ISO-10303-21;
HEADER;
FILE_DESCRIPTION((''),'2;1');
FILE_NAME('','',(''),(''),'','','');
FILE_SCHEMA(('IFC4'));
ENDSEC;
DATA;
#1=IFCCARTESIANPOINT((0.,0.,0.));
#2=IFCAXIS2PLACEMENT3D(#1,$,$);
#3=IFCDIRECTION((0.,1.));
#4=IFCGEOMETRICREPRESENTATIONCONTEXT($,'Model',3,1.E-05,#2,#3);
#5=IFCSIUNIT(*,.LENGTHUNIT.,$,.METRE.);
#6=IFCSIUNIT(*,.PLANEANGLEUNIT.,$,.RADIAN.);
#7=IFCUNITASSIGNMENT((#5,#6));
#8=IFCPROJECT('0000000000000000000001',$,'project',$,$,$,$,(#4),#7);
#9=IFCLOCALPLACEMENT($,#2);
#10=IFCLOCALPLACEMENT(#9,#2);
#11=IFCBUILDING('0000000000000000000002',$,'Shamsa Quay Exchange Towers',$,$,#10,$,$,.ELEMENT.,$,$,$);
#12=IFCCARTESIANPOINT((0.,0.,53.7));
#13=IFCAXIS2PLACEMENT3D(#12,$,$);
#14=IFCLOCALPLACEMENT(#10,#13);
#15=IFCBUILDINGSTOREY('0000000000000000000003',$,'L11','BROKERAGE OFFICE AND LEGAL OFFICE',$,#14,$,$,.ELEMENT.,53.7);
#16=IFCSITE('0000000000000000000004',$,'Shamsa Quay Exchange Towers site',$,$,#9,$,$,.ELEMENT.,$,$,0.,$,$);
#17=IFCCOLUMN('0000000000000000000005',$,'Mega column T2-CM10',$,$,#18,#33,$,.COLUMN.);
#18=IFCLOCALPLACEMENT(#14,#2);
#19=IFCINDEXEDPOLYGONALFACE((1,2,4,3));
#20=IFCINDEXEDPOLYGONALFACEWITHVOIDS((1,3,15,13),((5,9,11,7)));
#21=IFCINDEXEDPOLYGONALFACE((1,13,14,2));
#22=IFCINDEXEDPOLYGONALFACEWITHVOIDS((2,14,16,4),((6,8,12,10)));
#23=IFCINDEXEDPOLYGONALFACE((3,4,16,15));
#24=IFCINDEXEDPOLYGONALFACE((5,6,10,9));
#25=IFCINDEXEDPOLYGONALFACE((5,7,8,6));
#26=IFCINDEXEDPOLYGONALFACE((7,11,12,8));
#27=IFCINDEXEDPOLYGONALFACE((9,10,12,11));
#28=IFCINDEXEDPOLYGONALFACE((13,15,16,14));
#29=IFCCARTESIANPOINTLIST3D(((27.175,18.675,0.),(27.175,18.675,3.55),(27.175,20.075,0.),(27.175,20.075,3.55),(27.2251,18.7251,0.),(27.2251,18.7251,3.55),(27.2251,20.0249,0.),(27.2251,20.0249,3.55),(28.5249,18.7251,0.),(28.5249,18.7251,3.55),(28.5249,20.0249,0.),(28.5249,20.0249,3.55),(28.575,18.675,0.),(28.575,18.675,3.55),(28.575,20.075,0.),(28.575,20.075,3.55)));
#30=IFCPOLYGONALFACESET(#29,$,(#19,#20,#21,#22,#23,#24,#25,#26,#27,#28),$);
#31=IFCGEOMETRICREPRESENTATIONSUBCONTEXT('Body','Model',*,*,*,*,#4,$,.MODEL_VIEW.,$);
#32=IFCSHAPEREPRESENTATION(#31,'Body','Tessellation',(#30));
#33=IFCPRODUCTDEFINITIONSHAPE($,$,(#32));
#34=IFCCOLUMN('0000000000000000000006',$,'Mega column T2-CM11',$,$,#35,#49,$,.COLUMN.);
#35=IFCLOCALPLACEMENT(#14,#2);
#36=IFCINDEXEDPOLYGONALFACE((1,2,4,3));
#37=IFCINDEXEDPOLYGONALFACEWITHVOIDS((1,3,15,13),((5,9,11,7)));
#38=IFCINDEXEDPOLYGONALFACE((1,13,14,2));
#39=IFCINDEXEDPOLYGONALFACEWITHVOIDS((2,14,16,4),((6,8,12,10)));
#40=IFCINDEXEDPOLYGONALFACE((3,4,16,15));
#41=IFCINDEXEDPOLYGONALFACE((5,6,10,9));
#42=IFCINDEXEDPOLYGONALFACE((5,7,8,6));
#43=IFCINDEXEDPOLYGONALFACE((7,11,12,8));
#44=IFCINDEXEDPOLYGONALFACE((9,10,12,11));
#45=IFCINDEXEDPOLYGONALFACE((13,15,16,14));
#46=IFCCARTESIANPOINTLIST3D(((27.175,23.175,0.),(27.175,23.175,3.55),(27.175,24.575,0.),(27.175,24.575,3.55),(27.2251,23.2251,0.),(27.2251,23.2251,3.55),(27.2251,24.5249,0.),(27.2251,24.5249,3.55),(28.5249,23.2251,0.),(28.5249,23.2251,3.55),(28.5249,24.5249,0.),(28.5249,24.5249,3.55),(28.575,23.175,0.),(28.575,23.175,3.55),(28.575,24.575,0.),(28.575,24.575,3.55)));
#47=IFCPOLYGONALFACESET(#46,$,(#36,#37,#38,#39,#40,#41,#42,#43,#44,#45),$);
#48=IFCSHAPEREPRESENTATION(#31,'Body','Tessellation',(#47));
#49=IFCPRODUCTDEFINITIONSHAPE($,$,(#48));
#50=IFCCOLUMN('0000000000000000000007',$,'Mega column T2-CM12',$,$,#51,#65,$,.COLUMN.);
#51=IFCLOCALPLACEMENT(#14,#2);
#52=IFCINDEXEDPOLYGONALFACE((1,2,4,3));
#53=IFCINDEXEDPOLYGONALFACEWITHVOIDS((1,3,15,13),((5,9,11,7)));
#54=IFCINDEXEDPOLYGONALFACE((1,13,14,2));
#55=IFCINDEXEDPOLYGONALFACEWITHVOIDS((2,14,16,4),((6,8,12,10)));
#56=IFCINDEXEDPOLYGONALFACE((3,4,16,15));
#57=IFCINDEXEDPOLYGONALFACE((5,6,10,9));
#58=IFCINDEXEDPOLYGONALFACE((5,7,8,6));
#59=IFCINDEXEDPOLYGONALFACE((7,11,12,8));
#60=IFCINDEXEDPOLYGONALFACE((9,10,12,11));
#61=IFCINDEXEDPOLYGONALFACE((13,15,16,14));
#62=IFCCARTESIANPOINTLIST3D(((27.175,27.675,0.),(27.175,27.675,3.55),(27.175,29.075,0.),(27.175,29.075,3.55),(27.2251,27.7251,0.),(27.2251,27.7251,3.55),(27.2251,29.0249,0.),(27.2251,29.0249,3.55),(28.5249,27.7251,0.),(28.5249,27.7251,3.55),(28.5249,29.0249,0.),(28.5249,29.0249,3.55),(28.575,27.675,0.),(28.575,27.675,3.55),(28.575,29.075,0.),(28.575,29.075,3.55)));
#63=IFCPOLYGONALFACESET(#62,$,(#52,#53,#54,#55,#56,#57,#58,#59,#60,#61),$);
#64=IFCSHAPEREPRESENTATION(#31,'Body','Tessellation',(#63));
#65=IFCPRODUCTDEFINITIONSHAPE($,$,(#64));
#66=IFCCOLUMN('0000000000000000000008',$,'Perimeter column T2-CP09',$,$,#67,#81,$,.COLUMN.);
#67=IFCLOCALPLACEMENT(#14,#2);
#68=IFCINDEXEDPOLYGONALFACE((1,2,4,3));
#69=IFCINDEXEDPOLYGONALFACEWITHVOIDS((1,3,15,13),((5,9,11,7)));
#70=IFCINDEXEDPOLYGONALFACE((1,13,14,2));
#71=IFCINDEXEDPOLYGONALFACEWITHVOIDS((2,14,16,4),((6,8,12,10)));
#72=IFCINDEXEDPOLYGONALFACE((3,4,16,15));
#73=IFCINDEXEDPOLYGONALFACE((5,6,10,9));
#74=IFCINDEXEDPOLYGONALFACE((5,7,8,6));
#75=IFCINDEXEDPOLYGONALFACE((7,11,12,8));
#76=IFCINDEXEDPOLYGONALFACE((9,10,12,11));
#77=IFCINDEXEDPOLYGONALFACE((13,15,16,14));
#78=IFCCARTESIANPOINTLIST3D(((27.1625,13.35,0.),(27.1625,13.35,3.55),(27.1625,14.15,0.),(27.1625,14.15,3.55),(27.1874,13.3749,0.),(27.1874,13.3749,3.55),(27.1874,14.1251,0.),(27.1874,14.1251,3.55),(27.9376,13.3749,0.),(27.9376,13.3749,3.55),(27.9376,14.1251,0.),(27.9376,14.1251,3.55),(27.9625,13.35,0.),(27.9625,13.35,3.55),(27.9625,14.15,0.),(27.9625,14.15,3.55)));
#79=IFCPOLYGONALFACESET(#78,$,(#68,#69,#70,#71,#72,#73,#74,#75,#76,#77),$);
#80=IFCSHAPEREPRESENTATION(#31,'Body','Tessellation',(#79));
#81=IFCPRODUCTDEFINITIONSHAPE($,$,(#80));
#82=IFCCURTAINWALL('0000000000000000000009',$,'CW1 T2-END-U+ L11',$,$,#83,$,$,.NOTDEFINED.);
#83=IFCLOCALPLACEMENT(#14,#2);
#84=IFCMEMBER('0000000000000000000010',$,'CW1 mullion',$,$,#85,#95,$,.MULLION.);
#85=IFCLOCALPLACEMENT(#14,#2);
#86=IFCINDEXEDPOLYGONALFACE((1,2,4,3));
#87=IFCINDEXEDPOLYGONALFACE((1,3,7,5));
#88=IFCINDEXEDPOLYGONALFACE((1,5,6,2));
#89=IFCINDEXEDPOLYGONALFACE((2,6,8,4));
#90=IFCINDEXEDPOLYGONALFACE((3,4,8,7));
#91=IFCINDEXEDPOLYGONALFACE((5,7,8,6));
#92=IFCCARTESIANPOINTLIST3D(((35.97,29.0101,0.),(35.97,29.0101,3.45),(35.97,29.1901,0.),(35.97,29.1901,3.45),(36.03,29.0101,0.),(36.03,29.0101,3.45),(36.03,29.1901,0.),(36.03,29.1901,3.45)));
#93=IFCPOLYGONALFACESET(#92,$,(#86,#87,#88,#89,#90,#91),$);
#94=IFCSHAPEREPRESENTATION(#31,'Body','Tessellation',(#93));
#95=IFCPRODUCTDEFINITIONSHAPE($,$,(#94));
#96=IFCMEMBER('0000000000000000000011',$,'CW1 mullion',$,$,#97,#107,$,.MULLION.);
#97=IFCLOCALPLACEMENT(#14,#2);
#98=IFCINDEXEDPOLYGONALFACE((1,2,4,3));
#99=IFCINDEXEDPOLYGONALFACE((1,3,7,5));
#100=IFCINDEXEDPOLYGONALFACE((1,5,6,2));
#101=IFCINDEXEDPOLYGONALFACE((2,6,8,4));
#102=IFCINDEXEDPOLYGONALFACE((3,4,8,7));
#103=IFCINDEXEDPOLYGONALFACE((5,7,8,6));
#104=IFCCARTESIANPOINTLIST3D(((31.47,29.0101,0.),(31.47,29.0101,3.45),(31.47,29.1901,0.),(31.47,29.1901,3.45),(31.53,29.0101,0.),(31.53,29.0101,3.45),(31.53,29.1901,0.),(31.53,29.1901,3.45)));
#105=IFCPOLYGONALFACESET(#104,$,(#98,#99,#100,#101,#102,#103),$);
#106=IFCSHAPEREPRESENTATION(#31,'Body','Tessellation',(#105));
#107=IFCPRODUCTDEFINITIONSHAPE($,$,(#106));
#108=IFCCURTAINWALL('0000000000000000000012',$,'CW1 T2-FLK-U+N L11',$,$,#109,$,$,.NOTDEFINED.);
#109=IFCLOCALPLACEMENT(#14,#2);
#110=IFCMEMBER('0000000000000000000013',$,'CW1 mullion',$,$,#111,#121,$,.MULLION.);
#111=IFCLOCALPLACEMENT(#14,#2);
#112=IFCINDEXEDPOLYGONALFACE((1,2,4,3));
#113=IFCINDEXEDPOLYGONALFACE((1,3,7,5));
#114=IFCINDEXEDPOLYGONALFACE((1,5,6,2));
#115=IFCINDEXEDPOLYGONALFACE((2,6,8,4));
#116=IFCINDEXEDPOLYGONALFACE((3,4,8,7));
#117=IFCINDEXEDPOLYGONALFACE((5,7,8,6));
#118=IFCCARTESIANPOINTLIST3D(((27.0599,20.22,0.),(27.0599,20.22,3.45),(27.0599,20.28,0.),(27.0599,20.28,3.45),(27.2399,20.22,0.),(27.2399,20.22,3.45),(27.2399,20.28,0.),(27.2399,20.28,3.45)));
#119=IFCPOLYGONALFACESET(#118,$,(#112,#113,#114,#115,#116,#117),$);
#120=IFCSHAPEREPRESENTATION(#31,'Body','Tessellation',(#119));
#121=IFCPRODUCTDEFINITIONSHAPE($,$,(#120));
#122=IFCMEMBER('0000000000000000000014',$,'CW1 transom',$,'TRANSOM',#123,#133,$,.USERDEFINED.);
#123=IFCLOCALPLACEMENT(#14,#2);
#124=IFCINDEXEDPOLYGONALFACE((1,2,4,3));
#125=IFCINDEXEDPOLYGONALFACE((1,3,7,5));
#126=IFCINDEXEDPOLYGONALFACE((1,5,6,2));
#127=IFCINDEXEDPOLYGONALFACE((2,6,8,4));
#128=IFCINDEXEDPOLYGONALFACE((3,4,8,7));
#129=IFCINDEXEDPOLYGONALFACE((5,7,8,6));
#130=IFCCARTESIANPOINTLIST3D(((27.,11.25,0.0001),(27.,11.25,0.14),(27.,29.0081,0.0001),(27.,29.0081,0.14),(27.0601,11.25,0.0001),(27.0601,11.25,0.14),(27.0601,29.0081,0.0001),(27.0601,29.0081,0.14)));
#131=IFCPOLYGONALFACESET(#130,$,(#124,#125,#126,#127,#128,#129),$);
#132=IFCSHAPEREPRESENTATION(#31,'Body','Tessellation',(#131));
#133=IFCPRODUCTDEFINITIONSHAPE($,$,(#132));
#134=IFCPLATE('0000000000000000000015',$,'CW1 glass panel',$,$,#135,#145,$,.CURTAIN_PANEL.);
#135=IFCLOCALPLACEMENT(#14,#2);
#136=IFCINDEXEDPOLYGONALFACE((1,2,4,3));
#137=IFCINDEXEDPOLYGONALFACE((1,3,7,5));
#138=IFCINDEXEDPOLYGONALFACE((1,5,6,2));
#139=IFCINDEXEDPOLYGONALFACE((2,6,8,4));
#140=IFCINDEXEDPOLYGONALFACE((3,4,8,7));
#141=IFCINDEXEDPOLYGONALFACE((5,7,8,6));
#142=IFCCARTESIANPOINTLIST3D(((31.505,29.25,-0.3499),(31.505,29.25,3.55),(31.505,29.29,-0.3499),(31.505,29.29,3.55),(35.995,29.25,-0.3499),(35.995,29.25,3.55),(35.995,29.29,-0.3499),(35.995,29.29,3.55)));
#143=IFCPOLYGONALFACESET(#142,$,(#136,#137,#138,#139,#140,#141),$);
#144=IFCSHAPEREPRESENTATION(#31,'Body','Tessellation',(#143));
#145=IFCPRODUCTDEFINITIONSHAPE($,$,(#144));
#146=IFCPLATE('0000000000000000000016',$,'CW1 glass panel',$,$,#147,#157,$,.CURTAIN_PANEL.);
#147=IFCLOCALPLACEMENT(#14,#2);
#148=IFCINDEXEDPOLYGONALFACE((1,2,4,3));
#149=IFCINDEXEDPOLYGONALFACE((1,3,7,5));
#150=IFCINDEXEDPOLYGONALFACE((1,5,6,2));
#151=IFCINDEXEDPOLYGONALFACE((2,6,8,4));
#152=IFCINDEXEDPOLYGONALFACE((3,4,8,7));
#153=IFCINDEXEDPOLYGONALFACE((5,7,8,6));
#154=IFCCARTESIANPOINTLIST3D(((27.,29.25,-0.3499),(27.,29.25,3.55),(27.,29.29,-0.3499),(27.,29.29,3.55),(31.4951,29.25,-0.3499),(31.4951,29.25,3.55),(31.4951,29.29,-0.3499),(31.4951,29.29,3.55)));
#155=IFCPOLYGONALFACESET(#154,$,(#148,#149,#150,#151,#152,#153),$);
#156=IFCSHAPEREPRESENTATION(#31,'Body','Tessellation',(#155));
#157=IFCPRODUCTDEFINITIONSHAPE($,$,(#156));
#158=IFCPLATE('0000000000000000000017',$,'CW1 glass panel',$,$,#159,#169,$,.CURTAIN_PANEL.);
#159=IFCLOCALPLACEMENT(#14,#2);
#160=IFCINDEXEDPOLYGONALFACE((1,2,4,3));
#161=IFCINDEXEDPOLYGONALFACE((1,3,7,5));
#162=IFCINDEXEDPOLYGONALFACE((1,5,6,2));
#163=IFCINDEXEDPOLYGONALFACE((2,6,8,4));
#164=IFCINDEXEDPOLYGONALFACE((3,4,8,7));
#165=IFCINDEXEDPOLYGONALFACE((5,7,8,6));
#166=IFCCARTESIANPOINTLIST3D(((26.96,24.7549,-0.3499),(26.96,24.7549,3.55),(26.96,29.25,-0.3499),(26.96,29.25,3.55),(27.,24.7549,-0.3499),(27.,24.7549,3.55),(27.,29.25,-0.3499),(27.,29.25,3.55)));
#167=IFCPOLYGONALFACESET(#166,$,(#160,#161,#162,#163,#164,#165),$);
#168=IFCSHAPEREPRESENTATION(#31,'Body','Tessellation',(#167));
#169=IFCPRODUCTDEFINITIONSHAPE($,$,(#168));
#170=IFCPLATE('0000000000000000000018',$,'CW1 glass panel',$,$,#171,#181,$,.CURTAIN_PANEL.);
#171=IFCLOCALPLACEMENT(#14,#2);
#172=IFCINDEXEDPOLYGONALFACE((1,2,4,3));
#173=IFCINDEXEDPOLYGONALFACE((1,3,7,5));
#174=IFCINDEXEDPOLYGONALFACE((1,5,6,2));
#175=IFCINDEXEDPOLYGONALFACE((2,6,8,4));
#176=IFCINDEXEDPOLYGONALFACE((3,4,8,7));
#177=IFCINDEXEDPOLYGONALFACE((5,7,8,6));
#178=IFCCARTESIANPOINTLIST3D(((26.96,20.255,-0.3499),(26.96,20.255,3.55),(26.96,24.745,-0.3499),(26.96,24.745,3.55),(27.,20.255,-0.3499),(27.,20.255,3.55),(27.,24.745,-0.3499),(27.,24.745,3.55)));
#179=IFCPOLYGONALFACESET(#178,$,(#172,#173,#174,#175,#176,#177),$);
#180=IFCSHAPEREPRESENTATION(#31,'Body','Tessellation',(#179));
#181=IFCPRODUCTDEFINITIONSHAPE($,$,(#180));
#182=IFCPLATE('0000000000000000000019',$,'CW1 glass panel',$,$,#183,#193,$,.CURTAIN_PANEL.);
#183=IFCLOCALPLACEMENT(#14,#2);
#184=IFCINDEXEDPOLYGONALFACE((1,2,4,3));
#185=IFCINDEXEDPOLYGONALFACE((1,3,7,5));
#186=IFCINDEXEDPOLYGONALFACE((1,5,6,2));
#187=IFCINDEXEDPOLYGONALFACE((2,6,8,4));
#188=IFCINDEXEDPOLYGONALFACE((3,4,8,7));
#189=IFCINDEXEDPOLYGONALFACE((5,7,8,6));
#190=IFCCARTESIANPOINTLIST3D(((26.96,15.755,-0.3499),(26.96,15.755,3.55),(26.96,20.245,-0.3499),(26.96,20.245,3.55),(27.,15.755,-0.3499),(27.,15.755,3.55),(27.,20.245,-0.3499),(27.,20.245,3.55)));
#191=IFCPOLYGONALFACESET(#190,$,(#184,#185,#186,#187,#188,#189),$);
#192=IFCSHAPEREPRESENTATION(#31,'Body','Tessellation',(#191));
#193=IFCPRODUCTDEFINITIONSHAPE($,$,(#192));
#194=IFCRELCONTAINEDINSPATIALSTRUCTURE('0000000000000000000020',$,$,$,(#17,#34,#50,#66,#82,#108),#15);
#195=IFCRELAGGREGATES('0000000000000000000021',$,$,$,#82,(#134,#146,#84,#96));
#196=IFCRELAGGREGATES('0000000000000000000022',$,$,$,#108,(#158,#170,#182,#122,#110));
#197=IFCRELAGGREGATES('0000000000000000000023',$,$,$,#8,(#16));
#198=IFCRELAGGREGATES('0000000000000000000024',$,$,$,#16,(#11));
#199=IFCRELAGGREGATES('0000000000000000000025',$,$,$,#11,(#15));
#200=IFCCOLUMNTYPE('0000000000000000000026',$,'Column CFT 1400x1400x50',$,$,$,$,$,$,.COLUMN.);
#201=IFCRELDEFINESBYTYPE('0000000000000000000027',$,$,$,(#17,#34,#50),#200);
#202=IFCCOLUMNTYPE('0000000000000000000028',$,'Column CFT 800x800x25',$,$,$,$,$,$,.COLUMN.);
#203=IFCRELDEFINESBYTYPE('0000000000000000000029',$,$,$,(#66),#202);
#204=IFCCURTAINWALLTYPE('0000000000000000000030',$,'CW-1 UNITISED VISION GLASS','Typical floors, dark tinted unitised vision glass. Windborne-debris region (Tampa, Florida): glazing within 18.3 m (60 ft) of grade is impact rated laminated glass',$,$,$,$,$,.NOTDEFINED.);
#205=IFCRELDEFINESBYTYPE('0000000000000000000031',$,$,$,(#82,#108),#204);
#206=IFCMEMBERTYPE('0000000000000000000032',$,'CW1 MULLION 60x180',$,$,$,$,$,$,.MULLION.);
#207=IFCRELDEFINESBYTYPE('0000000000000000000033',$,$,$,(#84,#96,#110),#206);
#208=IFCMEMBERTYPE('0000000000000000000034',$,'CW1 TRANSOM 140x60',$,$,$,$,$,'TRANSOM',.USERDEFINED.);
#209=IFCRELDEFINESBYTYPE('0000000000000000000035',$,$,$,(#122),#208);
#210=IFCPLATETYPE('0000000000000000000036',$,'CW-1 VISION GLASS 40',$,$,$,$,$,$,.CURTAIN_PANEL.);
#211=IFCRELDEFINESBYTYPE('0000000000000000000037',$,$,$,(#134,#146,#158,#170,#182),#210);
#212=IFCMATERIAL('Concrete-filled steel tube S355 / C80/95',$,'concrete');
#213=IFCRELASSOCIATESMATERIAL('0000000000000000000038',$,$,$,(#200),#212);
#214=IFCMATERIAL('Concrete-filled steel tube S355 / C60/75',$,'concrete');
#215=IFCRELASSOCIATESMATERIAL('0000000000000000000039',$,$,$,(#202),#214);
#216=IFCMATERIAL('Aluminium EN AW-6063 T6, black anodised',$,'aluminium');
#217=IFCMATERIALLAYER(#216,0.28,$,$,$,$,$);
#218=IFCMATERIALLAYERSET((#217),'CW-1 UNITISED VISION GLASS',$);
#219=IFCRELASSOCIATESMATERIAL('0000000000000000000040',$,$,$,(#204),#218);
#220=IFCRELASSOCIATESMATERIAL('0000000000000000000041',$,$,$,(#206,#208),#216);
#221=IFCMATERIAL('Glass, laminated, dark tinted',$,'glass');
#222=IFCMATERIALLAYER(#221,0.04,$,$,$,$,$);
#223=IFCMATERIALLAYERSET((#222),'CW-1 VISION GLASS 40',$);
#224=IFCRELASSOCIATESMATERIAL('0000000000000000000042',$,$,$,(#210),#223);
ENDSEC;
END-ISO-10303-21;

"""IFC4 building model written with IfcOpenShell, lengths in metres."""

from ifc_helpers import new_model, si_unit, direction, frame, origin, origin_2d, place, context, subcontext, project, spatial, rectangle, hollow_rectangle, extrude, material, layer, layer_set, material_profile, profile_set, type_object, element, aggregate, save


model = new_model("IFC4")

# Units and contexts
model_context = context("Model", 3, precision=1e-05, world=origin(), true_north=direction((0.0, 1.0)))
body_context = subcontext(model_context, "Body", "Model", "MODEL_VIEW")
ifc_project = project(units=[si_unit("LENGTHUNIT", "METRE"), si_unit("PLANEANGLEUNIT", "RADIAN")], contexts=[model_context])

# Site, building, storey
site_placement = place(None, origin())
site = spatial("IfcSite", under=ifc_project, at=site_placement, Name="Shamsa Quay Exchange Towers site", CompositionType="ELEMENT", RefElevation=0.0)
building_placement = place(site_placement, origin())
building = spatial("IfcBuilding", under=site, at=building_placement, Name="Shamsa Quay Exchange Towers", CompositionType="ELEMENT")
storey_placement = place(building_placement, frame((0.0, 0.0, 53.7)))
storey = spatial("IfcBuildingStorey", under=building, at=storey_placement, Name="L11", Description="BROKERAGE OFFICE AND LEGAL OFFICE", CompositionType="ELEMENT", Elevation=53.7)

# Columns
ifc_material_1 = material(Name="Concrete-filled steel tube S355 / C80/95", Category="concrete")
ifc_material_profile_1 = material_profile(ifc_material_1, hollow_rectangle(XDim=1.3999, YDim=1.3999, WallThickness=0.05, at=origin_2d()), Name="CFT 1400x1400x50")
ifc_profile_set_1 = profile_set([ifc_material_profile_1], Name="Concrete-filled steel tube S355 / C80/95")
column_type_1 = type_object("IfcColumnType", Name="Column CFT 1400x1400x50", PredefinedType="COLUMN", material=ifc_profile_set_1)
for number, where, name in (
    (1, (27.875, 19.375, 0.0), "Mega column T2-CM10"),
    (2, (27.875, 23.875, 0.0), "Mega column T2-CM11"),
    (3, (27.875, 28.375, 0.0), "Mega column T2-CM12"),
):
    element("IfcColumn", number, at=place(storey_placement, frame(where)), inside=storey, type_object=column_type_1, Name=name, PredefinedType="COLUMN", context=body_context, shape_type="SweptSolid", body=[
        extrude(hollow_rectangle(XDim=1.3999, YDim=1.3999, WallThickness=0.05, at=origin_2d()), origin(), (0.0, 0.0, 1.0), 3.55),
    ])
ifc_material_2 = material(Name="Concrete-filled steel tube S355 / C60/75", Category="concrete")
ifc_material_profile_2 = material_profile(ifc_material_2, hollow_rectangle(XDim=0.8, YDim=0.8, WallThickness=0.0249, at=origin_2d()), Name="CFT 800x800x25")
ifc_profile_set_2 = profile_set([ifc_material_profile_2], Name="Concrete-filled steel tube S355 / C60/75")
column_type_2 = type_object("IfcColumnType", Name="Column CFT 800x800x25", PredefinedType="COLUMN", material=ifc_profile_set_2)
column_placement = place(storey_placement, frame((27.5625, 13.75, 0.0)))
element("IfcColumn", 4, at=column_placement, inside=storey, type_object=column_type_2, Name="Perimeter column T2-CP09", PredefinedType="COLUMN", context=body_context, shape_type="SweptSolid", body=[
    extrude(hollow_rectangle(XDim=0.8, YDim=0.8, WallThickness=0.0249, at=origin_2d()), origin(), (0.0, 0.0, 1.0), 3.55),
])

# Curtain walls, members
ifc_material_3 = material(Name="Aluminium EN AW-6063 T6, black anodised", Category="aluminium")
ifc_layer_1 = layer(ifc_material_3, 0.28)
ifc_layer_set_1 = layer_set([ifc_layer_1], Name="CW-1 UNITISED VISION GLASS")
curtain_wall_type = type_object("IfcCurtainWallType", Name="CW-1 UNITISED VISION GLASS", Description="Typical floors, dark tinted unitised vision glass. Windborne-debris region (Tampa, Florida): glazing within 18.3 m (60 ft) of grade is impact rated laminated glass", PredefinedType="NOTDEFINED", material=ifc_layer_set_1)
curtain_wall_1_placement = place(storey_placement, origin())
curtain_wall_1 = element("IfcCurtainWall", 5, at=curtain_wall_1_placement, inside=storey, type_object=curtain_wall_type, Name="CW1 T2-END-U+ L11", PredefinedType="NOTDEFINED")
ifc_material_profile_3 = material_profile(ifc_material_3, rectangle(XDim=0.1799, YDim=0.0601, at=origin_2d()), Name="MU60x180")
ifc_profile_set_3 = profile_set([ifc_material_profile_3], Name="Aluminium EN AW-6063 T6, black anodised")
member_type_1 = type_object("IfcMemberType", Name="CW1 MULLION 60x180", PredefinedType="MULLION", material=ifc_profile_set_3)
member_1_placement = place(storey_placement, frame((36.0, 29.1001, 0.0), z_axis=(0.0, 0.0, 1.0), x_axis=(0.0, -1.0, 0.0)))
member_1 = element("IfcMember", 6, at=member_1_placement, type_object=member_type_1, Name="CW1 mullion", PredefinedType="MULLION", context=body_context, shape_type="SweptSolid", body=[
    extrude(rectangle(XDim=0.1799, YDim=0.0601, at=origin_2d()), origin(), (0.0, 0.0, 1.0), 3.45),
])
member_2_placement = place(storey_placement, frame((31.5, 29.1001, 0.0), z_axis=(0.0, 0.0, 1.0), x_axis=(0.0, -1.0, 0.0)))
member_2 = element("IfcMember", 7, at=member_2_placement, type_object=member_type_1, Name="CW1 mullion", PredefinedType="MULLION", context=body_context, shape_type="SweptSolid", body=[
    extrude(rectangle(XDim=0.1799, YDim=0.0601, at=origin_2d()), origin(), (0.0, 0.0, 1.0), 3.45),
])
curtain_wall_2_placement = place(storey_placement, origin())
curtain_wall_2 = element("IfcCurtainWall", 8, at=curtain_wall_2_placement, inside=storey, type_object=curtain_wall_type, Name="CW1 T2-FLK-U+N L11", PredefinedType="NOTDEFINED")
member_3_placement = place(storey_placement, frame((27.1499, 20.25, 0.0)))
member_3 = element("IfcMember", 9, at=member_3_placement, type_object=member_type_1, Name="CW1 mullion", PredefinedType="MULLION", context=body_context, shape_type="SweptSolid", body=[
    extrude(rectangle(XDim=0.1799, YDim=0.0601, at=origin_2d()), origin(), (0.0, 0.0, 1.0), 3.45),
])
ifc_material_profile_4 = material_profile(ifc_material_3, rectangle(XDim=0.0601, YDim=0.1399, at=origin_2d()), Name="TR140x60")
ifc_profile_set_4 = profile_set([ifc_material_profile_4], Name="Aluminium EN AW-6063 T6, black anodised")
member_type_2 = type_object("IfcMemberType", Name="CW1 TRANSOM 140x60", ElementType="TRANSOM", PredefinedType="USERDEFINED", material=ifc_profile_set_4)
member_4_placement = place(storey_placement, frame((27.03, 29.0081, 0.0701), z_axis=(0.0, -1.0, 0.0), x_axis=(1.0, 0.0, 0.0)))
member_4 = element("IfcMember", 10, at=member_4_placement, type_object=member_type_2, Name="CW1 transom", ObjectType="TRANSOM", PredefinedType="USERDEFINED", context=body_context, shape_type="SweptSolid", body=[
    extrude(rectangle(XDim=0.0601, YDim=0.1399, at=origin_2d()), origin(), (0.0, 0.0, 1.0), 17.7581),
])

# Plates
ifc_material_4 = material(Name="Glass, laminated, dark tinted", Category="glass")
ifc_layer_2 = layer(ifc_material_4, 0.04)
ifc_layer_set_2 = layer_set([ifc_layer_2], Name="CW-1 VISION GLASS 40")
plate_type = type_object("IfcPlateType", Name="CW-1 VISION GLASS 40", PredefinedType="CURTAIN_PANEL", material=ifc_layer_set_2)
plate_1_placement = place(storey_placement, frame((33.75, 29.27, -0.3499), z_axis=(0.0, 0.0, 1.0), x_axis=(-1.0, 0.0, 0.0)))
plate_1 = element("IfcPlate", 11, at=plate_1_placement, type_object=plate_type, Name="CW1 glass panel", PredefinedType="CURTAIN_PANEL", context=body_context, shape_type="SweptSolid", body=[
    extrude(rectangle(XDim=4.49, YDim=0.04, at=origin_2d()), origin(), (0.0, 0.0, 1.0), 3.8999),
])
plate_2_placement = place(storey_placement, frame((29.2476, 29.27, -0.3499), z_axis=(0.0, 0.0, 1.0), x_axis=(-1.0, 0.0, 0.0)))
plate_2 = element("IfcPlate", 12, at=plate_2_placement, type_object=plate_type, Name="CW1 glass panel", PredefinedType="CURTAIN_PANEL", context=body_context, shape_type="SweptSolid", body=[
    extrude(rectangle(XDim=4.4951, YDim=0.04, at=origin_2d()), origin(), (0.0, 0.0, 1.0), 3.8999),
])
aggregate(curtain_wall_1, [plate_1, plate_2, member_1, member_2])
plate_3_placement = place(storey_placement, frame((26.98, 27.0024, -0.3499), z_axis=(0.0, 0.0, 1.0), x_axis=(0.0, -1.0, 0.0)))
plate_3 = element("IfcPlate", 13, at=plate_3_placement, type_object=plate_type, Name="CW1 glass panel", PredefinedType="CURTAIN_PANEL", context=body_context, shape_type="SweptSolid", body=[
    extrude(rectangle(XDim=4.4951, YDim=0.04, at=origin_2d()), origin(), (0.0, 0.0, 1.0), 3.8999),
])
plate_4_placement = place(storey_placement, frame((26.98, 22.5, -0.3499), z_axis=(0.0, 0.0, 1.0), x_axis=(0.0, -1.0, 0.0)))
plate_4 = element("IfcPlate", 14, at=plate_4_placement, type_object=plate_type, Name="CW1 glass panel", PredefinedType="CURTAIN_PANEL", context=body_context, shape_type="SweptSolid", body=[
    extrude(rectangle(XDim=4.49, YDim=0.04, at=origin_2d()), origin(), (0.0, 0.0, 1.0), 3.8999),
])
plate_5_placement = place(storey_placement, frame((26.98, 18.0, -0.3499), z_axis=(0.0, 0.0, 1.0), x_axis=(0.0, -1.0, 0.0)))
plate_5 = element("IfcPlate", 15, at=plate_5_placement, type_object=plate_type, Name="CW1 glass panel", PredefinedType="CURTAIN_PANEL", context=body_context, shape_type="SweptSolid", body=[
    extrude(rectangle(XDim=4.49, YDim=0.04, at=origin_2d()), origin(), (0.0, 0.0, 1.0), 3.8999),
])
aggregate(curtain_wall_2, [plate_3, plate_4, plate_5, member_4, member_3])

save(model, "model.ifc")
